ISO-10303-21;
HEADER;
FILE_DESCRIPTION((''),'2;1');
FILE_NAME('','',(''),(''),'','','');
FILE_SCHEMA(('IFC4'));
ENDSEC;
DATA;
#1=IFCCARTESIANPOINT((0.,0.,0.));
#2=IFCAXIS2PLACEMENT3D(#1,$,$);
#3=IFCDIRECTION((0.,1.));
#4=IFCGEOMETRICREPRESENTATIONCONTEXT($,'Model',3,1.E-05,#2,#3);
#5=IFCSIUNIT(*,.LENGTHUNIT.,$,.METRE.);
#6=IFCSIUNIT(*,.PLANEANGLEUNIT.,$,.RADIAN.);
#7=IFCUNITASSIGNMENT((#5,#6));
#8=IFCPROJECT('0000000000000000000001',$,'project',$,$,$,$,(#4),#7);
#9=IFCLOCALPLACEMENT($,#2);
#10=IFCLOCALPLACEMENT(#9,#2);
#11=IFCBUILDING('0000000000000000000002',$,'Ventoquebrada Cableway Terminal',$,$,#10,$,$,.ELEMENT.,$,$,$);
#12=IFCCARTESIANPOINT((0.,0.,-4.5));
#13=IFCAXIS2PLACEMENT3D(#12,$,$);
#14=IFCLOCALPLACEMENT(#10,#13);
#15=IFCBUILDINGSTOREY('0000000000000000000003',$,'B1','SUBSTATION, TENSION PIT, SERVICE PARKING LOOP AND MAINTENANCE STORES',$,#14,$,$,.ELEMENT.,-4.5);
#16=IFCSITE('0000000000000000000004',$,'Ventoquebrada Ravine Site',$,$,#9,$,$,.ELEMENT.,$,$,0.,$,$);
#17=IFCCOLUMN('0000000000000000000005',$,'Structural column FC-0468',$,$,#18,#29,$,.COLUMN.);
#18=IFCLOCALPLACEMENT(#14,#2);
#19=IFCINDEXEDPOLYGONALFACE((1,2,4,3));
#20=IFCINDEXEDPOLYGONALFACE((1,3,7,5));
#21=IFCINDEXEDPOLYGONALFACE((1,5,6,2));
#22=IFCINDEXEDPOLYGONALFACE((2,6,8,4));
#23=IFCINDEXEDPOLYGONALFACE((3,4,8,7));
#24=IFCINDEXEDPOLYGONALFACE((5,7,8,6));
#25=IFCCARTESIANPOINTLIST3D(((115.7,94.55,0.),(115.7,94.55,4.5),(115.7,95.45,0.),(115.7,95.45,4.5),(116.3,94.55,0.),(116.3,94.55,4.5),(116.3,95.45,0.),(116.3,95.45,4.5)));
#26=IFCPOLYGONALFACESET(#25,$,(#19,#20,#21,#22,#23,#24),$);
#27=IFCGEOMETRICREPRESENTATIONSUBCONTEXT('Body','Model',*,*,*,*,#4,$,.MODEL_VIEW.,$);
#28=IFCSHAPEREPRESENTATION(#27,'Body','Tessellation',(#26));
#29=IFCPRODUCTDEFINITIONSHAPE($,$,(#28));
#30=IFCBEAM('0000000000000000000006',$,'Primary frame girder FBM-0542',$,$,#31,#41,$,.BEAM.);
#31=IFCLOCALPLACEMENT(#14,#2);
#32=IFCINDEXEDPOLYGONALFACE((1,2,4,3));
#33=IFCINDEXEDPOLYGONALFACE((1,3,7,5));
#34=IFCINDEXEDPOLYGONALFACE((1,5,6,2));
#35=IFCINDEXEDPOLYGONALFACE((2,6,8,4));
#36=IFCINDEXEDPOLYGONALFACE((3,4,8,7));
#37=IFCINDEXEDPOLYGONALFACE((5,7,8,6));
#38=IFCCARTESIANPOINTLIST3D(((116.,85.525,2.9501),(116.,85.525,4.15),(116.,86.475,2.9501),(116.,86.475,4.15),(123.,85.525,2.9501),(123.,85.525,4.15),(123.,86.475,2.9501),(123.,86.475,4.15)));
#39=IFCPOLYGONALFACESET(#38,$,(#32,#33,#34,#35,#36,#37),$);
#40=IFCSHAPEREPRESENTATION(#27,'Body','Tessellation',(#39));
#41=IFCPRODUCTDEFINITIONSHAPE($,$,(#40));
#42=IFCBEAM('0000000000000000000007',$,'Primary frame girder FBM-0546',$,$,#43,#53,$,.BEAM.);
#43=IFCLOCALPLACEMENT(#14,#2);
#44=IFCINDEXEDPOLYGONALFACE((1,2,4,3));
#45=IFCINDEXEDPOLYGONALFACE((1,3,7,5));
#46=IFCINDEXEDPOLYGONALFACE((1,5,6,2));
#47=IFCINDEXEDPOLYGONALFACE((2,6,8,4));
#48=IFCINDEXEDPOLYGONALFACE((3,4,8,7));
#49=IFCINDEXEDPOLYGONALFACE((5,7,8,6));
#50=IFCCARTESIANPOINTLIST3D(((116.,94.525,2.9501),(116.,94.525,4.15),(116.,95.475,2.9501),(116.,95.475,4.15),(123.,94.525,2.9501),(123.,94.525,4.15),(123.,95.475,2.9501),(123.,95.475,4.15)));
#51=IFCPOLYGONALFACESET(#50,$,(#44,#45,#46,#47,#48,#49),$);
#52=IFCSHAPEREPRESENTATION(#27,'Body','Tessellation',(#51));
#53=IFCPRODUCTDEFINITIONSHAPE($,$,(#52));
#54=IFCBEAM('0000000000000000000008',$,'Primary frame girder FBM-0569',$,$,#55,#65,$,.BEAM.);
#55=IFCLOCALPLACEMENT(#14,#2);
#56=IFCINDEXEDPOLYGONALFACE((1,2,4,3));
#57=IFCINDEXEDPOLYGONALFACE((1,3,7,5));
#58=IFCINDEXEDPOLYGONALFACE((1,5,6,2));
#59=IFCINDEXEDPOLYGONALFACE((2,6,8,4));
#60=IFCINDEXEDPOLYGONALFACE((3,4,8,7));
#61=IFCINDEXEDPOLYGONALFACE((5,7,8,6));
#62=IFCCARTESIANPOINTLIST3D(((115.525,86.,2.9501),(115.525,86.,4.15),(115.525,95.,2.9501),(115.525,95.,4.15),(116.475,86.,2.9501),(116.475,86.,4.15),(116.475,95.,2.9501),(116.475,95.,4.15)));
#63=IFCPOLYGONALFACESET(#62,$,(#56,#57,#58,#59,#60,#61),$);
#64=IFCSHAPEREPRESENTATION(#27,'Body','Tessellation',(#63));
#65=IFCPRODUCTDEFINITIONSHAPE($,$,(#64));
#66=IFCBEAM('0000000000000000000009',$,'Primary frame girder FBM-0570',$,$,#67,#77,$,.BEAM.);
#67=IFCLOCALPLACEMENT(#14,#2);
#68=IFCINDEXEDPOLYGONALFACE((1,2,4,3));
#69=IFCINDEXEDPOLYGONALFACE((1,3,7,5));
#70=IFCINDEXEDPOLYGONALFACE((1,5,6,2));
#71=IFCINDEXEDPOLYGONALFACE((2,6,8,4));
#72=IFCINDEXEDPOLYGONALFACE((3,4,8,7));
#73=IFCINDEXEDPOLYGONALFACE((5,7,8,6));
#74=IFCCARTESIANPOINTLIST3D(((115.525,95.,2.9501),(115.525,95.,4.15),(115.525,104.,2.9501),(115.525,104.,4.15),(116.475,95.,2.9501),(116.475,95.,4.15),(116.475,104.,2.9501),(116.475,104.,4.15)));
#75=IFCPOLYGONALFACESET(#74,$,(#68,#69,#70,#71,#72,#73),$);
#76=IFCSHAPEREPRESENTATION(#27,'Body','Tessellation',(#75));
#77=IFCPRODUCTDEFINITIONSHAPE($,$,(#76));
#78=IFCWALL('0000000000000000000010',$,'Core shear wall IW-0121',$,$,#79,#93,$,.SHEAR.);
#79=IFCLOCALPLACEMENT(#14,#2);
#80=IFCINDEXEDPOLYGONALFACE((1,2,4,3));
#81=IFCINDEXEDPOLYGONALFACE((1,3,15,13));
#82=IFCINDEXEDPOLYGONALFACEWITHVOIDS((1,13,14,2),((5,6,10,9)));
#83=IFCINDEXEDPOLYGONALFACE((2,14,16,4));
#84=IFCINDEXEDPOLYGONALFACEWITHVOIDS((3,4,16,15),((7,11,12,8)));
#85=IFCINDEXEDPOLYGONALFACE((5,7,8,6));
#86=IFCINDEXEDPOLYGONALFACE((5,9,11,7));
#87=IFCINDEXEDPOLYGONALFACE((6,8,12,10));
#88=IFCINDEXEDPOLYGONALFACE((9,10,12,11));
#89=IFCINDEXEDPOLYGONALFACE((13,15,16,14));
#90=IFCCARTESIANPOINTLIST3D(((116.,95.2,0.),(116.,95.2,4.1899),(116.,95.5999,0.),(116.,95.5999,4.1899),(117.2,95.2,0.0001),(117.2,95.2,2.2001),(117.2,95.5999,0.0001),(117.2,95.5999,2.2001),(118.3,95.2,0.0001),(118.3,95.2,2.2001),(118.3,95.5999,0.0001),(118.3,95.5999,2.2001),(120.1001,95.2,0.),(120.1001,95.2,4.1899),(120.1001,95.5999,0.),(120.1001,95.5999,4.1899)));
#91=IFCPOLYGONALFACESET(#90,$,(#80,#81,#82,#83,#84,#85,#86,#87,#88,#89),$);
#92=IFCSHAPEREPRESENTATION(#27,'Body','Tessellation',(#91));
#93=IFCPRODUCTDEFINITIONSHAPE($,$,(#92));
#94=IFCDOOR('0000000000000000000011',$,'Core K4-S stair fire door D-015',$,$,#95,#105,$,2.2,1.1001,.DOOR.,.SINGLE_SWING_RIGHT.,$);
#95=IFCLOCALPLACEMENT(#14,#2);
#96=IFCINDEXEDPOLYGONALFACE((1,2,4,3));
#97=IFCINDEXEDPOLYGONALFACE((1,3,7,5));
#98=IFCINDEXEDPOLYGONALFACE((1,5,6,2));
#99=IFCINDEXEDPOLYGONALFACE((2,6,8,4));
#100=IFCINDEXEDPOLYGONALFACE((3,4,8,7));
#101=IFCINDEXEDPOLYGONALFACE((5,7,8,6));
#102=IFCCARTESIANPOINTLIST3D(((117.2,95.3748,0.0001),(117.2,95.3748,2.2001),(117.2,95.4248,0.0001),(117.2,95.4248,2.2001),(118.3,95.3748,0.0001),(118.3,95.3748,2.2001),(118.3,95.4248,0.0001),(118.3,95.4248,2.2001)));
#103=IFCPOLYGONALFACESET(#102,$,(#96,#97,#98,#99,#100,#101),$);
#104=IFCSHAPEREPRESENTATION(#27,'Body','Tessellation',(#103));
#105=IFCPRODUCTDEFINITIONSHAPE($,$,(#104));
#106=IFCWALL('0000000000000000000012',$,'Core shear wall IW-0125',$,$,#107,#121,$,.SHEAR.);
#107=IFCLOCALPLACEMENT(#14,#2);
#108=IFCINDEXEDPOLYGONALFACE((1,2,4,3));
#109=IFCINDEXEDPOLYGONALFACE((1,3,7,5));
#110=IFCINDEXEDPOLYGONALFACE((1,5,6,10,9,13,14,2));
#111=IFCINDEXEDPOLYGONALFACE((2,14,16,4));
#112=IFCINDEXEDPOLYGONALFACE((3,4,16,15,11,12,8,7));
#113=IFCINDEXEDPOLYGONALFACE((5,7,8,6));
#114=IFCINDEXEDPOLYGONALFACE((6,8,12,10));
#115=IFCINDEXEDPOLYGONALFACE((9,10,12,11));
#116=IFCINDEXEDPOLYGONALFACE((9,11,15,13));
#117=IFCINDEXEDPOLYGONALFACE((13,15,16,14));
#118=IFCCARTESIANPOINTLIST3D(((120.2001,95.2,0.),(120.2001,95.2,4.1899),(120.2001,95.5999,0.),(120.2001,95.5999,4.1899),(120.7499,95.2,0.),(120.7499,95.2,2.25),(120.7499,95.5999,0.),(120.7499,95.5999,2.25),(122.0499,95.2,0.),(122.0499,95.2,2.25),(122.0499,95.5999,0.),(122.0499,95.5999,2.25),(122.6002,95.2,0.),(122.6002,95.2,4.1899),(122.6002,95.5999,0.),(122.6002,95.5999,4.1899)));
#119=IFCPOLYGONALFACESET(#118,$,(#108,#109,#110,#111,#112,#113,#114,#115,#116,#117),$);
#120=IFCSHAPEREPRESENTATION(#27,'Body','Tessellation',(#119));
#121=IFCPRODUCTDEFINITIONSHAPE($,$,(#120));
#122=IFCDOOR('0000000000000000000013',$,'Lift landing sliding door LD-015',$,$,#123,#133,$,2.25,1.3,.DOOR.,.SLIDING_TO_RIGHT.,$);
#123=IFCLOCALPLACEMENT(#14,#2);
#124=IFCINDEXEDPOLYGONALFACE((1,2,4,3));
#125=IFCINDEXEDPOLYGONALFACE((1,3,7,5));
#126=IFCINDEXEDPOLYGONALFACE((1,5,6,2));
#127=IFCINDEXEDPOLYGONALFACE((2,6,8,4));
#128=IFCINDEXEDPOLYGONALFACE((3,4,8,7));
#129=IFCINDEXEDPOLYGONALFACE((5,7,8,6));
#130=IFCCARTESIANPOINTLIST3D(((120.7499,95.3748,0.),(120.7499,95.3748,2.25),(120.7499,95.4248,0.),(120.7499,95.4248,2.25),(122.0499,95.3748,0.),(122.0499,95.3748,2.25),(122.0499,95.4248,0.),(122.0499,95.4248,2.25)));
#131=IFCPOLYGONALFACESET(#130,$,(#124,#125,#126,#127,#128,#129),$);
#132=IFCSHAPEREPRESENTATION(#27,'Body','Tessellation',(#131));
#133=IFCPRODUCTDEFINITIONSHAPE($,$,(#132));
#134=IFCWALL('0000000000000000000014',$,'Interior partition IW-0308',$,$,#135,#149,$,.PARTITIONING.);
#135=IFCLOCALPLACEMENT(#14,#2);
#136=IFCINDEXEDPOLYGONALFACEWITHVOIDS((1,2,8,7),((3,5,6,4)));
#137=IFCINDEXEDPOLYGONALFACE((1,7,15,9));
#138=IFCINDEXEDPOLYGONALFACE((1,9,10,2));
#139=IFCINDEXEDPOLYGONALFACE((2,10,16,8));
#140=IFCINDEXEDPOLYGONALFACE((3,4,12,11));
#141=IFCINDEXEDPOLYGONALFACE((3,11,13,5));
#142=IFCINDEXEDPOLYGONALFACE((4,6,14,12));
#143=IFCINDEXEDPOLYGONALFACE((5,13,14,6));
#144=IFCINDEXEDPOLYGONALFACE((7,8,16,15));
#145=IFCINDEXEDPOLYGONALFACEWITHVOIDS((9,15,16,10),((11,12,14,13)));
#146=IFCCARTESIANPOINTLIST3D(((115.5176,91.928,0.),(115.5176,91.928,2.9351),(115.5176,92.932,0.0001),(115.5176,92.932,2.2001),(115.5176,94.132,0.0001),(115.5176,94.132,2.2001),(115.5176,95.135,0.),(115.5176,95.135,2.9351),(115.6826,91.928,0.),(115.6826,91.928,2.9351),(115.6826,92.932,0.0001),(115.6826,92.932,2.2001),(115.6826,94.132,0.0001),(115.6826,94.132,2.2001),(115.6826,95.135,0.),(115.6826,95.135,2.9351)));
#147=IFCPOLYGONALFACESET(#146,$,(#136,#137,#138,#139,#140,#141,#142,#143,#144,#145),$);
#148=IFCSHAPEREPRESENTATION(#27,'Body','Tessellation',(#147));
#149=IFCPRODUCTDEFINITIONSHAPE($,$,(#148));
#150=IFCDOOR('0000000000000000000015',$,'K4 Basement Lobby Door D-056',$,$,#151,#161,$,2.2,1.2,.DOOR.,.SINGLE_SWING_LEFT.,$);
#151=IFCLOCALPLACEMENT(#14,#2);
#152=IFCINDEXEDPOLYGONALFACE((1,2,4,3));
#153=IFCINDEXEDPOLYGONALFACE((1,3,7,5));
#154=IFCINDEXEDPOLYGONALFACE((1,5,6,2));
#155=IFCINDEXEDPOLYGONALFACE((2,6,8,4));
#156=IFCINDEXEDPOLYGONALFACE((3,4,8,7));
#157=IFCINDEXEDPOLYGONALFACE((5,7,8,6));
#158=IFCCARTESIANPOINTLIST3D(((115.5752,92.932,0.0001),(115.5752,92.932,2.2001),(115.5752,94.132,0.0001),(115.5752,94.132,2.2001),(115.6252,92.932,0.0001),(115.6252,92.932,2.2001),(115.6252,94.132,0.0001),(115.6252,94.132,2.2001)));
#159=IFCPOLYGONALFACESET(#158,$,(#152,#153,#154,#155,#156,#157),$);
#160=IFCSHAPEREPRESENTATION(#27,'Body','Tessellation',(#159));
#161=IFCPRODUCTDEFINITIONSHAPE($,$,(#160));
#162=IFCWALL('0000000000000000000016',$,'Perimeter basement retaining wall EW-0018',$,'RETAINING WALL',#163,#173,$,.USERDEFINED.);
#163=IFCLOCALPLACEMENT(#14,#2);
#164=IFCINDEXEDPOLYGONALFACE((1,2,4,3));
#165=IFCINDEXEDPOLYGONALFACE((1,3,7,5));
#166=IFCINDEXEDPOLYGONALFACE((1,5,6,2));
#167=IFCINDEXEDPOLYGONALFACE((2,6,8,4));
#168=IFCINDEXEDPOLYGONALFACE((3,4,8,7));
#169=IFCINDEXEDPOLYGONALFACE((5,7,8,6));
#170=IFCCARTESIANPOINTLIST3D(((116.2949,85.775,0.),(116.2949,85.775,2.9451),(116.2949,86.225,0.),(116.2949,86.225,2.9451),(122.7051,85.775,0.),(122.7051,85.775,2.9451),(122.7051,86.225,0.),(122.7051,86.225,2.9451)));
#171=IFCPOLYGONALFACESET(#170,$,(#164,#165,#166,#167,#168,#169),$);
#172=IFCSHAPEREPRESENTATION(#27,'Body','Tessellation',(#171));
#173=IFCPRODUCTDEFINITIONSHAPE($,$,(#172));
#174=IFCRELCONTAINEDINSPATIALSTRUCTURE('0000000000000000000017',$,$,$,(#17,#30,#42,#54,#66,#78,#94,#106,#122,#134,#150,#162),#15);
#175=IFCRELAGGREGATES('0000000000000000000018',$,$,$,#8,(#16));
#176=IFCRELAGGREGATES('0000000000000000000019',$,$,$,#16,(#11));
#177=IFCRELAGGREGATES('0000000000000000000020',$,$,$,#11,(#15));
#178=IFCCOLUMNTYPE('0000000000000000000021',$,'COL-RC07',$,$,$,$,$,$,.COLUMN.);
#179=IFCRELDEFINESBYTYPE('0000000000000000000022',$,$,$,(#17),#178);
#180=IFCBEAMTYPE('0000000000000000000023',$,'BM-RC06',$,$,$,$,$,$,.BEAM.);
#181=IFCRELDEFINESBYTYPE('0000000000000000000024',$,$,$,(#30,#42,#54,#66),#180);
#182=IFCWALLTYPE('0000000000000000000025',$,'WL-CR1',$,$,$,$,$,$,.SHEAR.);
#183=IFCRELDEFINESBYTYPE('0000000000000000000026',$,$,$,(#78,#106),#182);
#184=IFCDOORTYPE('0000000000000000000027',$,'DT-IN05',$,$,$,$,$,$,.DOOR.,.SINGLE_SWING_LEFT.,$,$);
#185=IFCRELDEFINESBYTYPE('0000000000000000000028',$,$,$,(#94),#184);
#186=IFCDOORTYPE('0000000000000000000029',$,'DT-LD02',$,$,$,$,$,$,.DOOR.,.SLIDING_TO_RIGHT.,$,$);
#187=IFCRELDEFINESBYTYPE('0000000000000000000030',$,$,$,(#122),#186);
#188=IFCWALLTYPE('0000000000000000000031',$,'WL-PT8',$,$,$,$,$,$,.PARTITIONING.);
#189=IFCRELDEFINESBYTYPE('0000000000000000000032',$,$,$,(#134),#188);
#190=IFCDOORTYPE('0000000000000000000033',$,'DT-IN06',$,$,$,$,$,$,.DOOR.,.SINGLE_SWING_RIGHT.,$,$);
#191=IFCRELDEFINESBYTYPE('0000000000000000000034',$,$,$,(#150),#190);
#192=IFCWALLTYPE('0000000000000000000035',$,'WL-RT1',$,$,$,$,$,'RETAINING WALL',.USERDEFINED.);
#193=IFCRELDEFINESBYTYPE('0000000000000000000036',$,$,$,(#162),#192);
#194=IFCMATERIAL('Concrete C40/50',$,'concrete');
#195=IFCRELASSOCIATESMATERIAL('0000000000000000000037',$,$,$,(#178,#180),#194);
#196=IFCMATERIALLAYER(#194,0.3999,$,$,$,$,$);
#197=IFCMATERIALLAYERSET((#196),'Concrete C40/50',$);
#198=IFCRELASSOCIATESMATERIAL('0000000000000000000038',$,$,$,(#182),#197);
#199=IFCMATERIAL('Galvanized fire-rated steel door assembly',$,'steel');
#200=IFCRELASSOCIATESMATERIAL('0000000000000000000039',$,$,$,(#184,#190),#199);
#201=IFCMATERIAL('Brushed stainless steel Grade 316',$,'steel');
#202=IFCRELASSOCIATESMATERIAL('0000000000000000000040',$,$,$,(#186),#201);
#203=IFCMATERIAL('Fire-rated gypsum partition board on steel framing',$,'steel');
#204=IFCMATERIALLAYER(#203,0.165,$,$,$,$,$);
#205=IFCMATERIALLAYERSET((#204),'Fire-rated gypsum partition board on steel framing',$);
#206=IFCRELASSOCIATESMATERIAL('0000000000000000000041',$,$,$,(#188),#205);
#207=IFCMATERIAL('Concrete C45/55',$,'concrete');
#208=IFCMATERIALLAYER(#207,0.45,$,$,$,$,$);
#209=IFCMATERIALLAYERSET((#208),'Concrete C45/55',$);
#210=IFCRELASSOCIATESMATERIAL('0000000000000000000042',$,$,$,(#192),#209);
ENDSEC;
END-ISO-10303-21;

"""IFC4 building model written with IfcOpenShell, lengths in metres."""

from ifc_helpers import new_model, si_unit, direction, frame, frame_2d, origin, origin_2d, place, context, subcontext, project, spatial, rectangle, extrude, material, layer, layer_set, material_profile, profile_set, type_object, element, fill, save


model = new_model("IFC4")

# Units and contexts
model_context = context("Model", 3, precision=1e-05, world=origin(), true_north=direction((0.0, 1.0)))
body_context = subcontext(model_context, "Body", "Model", "MODEL_VIEW")
ifc_project = project(units=[si_unit("LENGTHUNIT", "METRE"), si_unit("PLANEANGLEUNIT", "RADIAN")], contexts=[model_context])

# Site, building, storey
site_placement = place(None, origin())
site = spatial("IfcSite", under=ifc_project, at=site_placement, Name="Ventoquebrada Ravine Site", CompositionType="ELEMENT", RefElevation=0.0)
building_placement = place(site_placement, origin())
building = spatial("IfcBuilding", under=site, at=building_placement, Name="Ventoquebrada Cableway Terminal", CompositionType="ELEMENT")
storey_placement = place(building_placement, frame((0.0, 0.0, -4.5)))
storey = spatial("IfcBuildingStorey", under=building, at=storey_placement, Name="B1", Description="SUBSTATION, TENSION PIT, SERVICE PARKING LOOP AND MAINTENANCE STORES", CompositionType="ELEMENT", Elevation=-4.5)

# Shared definitions
ifc_material_1 = material(Name="Concrete C40/50", Category="concrete")

# Column
ifc_material_profile_1 = material_profile(ifc_material_1, rectangle(XDim=0.6001, YDim=0.8999, at=origin_2d()), Name="RC-COL-900X600")
ifc_profile_set_1 = profile_set([ifc_material_profile_1], Name="Concrete C40/50")
column_type = type_object("IfcColumnType", Name="COL-RC07", PredefinedType="COLUMN", material=ifc_profile_set_1)
for number, where, z_axis, x_axis, name in (
    (1, (116.0, 95.0, 0.0), (0.0, 0.0, 1.0), (1.0, 0.0, 0.0), "Structural column FC-0468"),
):
    element("IfcColumn", number, at=place(storey_placement, frame(where, z_axis=z_axis, x_axis=x_axis)), inside=storey, type_object=column_type, Name=name, PredefinedType="COLUMN", context=body_context, shape_type="SweptSolid", body=[
        extrude(rectangle(XDim=0.6001, YDim=0.8999, at=origin_2d()), origin(), (0.0, 0.0, 1.0), 4.5),
    ])

# Beams
ifc_material_profile_2 = material_profile(ifc_material_1, rectangle(XDim=0.95, YDim=1.2, at=origin_2d()), Name="RC-BM-950X1200")
ifc_profile_set_2 = profile_set([ifc_material_profile_2], Name="Concrete C40/50")
beam_type = type_object("IfcBeamType", Name="BM-RC06", PredefinedType="BEAM", material=ifc_profile_set_2)
for number, where, z_axis, x_axis, name in (
    (2, (116.0, 86.0, 3.55), (1.0, 0.0, 0.0), (0.0, 1.0, 0.0), "Primary frame girder FBM-0542"),
    (3, (116.0, 95.0, 3.55), (1.0, 0.0, 0.0), (0.0, 1.0, 0.0), "Primary frame girder FBM-0546"),
):
    element("IfcBeam", number, at=place(storey_placement, frame(where, z_axis=z_axis, x_axis=x_axis)), inside=storey, type_object=beam_type, Name=name, PredefinedType="BEAM", context=body_context, shape_type="SweptSolid", body=[
        extrude(rectangle(XDim=0.95, YDim=1.2, at=origin_2d()), origin(), (0.0, 0.0, 1.0), 7.0),
    ])
for number, where, z_axis, x_axis, name in (
    (4, (116.0, 86.0, 3.55), (0.0, 1.0, 0.0), (-1.0, 0.0, 0.0), "Primary frame girder FBM-0569"),
    (5, (116.0, 95.0, 3.55), (0.0, 1.0, 0.0), (-1.0, 0.0, 0.0), "Primary frame girder FBM-0570"),
):
    element("IfcBeam", number, at=place(storey_placement, frame(where, z_axis=z_axis, x_axis=x_axis)), inside=storey, type_object=beam_type, Name=name, PredefinedType="BEAM", context=body_context, shape_type="SweptSolid", body=[
        extrude(rectangle(XDim=0.95, YDim=1.2, at=origin_2d()), origin(), (0.0, 0.0, 1.0), 9.0),
    ])

# Walls, openings, doors
ifc_layer_1 = layer(ifc_material_1, 0.3999)
ifc_layer_set_1 = layer_set([ifc_layer_1], Name="Concrete C40/50")
wall_type_1 = type_object("IfcWallType", Name="WL-CR1", PredefinedType="SHEAR", material=ifc_layer_set_1)
wall_1_placement = place(storey_placement, frame((116.0, 95.3999, 0.0), z_axis=(0.0, 0.0, 1.0), x_axis=(1.0, 0.0, 0.0)))
wall_1 = element("IfcWall", 6, at=wall_1_placement, inside=storey, type_object=wall_type_1, Name="Core shear wall IW-0121", PredefinedType="SHEAR", context=body_context, shape_type="SweptSolid", body=[
    extrude(rectangle(XDim=4.1001, YDim=0.3999, at=frame_2d((2.05, 0.0))), origin(), (0.0, 0.0, 1.0), 4.1899),
])
opening_1_placement = place(wall_1_placement, frame((1.2, 0.0, 0.0)))
opening_1 = element("IfcOpeningElement", 7, at=opening_1_placement, cuts=wall_1, PredefinedType="OPENING", context=body_context, shape_type="SweptSolid", body=[
    extrude(rectangle(XDim=1.1001, YDim=2.2, at=frame_2d((0.55, 1.1001))), frame((0.0, 0.21, 0.0), z_axis=(0.0, -1.0, 0.0), x_axis=(1.0, 0.0, 0.0)), (0.0, 0.0, 1.0), 0.4199),
])
ifc_material_2 = material(Name="Galvanized fire-rated steel door assembly", Category="steel")
door_type_1 = type_object("IfcDoorType", Name="DT-IN05", OperationType="SINGLE_SWING_LEFT", PredefinedType="DOOR", material=ifc_material_2)
door_1_placement = place(opening_1_placement, origin())
door_1 = element("IfcDoor", 8, at=door_1_placement, inside=storey, type_object=door_type_1, Name="Core K4-S stair fire door D-015", OperationType="SINGLE_SWING_RIGHT", OverallHeight=2.2, OverallWidth=1.1001, PredefinedType="DOOR", context=body_context, shape_type="SweptSolid", body=[
    extrude(rectangle(XDim=1.1001, YDim=2.2, at=frame_2d((0.55, 1.1001))), frame((0.0, 0.0249, 0.0), z_axis=(0.0, -1.0, 0.0), x_axis=(1.0, 0.0, 0.0)), (0.0, 0.0, 1.0), 0.05),
])
fill(opening_1, door_1)
wall_2_placement = place(storey_placement, frame((120.2, 95.3999, 0.0), z_axis=(0.0, 0.0, 1.0), x_axis=(1.0, 0.0, 0.0)))
wall_2 = element("IfcWall", 9, at=wall_2_placement, inside=storey, type_object=wall_type_1, Name="Core shear wall IW-0125", PredefinedType="SHEAR", context=body_context, shape_type="SweptSolid", body=[
    extrude(rectangle(XDim=2.4001, YDim=0.3999, at=frame_2d((1.2002, 0.0))), origin(), (0.0, 0.0, 1.0), 4.1899),
])
opening_2_placement = place(wall_2_placement, frame((0.55, 0.0, 0.0)))
opening_2 = element("IfcOpeningElement", 10, at=opening_2_placement, cuts=wall_2, PredefinedType="OPENING", context=body_context, shape_type="SweptSolid", body=[
    extrude(rectangle(XDim=1.3, YDim=2.25, at=frame_2d((0.6499, 1.125))), frame((0.0, 0.21, 0.0), z_axis=(0.0, -1.0, 0.0), x_axis=(1.0, 0.0, 0.0)), (0.0, 0.0, 1.0), 0.4199),
])
ifc_material_3 = material(Name="Brushed stainless steel Grade 316", Category="steel")
door_type_2 = type_object("IfcDoorType", Name="DT-LD02", OperationType="SLIDING_TO_RIGHT", PredefinedType="DOOR", material=ifc_material_3)
door_2_placement = place(opening_2_placement, origin())
door_2 = element("IfcDoor", 11, at=door_2_placement, inside=storey, type_object=door_type_2, Name="Lift landing sliding door LD-015", OperationType="SLIDING_TO_RIGHT", OverallHeight=2.25, OverallWidth=1.3, PredefinedType="DOOR", context=body_context, shape_type="SweptSolid", body=[
    extrude(rectangle(XDim=1.3, YDim=2.25, at=frame_2d((0.6499, 1.125))), frame((0.0, 0.0249, 0.0), z_axis=(0.0, -1.0, 0.0), x_axis=(1.0, 0.0, 0.0)), (0.0, 0.0, 1.0), 0.05),
])
fill(opening_2, door_2)
ifc_material_4 = material(Name="Fire-rated gypsum partition board on steel framing", Category="steel")
ifc_layer_2 = layer(ifc_material_4, 0.165)
ifc_layer_set_2 = layer_set([ifc_layer_2], Name="Fire-rated gypsum partition board on steel framing")
wall_type_2 = type_object("IfcWallType", Name="WL-PT8", PredefinedType="PARTITIONING", material=ifc_layer_set_2)
wall_3_placement = place(storey_placement, frame((115.6001, 91.928, 0.0), z_axis=(0.0, 0.0, 1.0), x_axis=(0.0, 1.0, 0.0)))
wall_3 = element("IfcWall", 12, at=wall_3_placement, inside=storey, type_object=wall_type_2, Name="Interior partition IW-0308", PredefinedType="PARTITIONING", context=body_context, shape_type="SweptSolid", body=[
    extrude(rectangle(XDim=3.207, YDim=0.165, at=frame_2d((1.6035, 0.0))), origin(), (0.0, 0.0, 1.0), 2.9351),
])
opening_3_placement = place(wall_3_placement, frame((1.0039, 0.0, 0.0)))
opening_3 = element("IfcOpeningElement", 13, at=opening_3_placement, cuts=wall_3, PredefinedType="OPENING", context=body_context, shape_type="SweptSolid", body=[
    extrude(rectangle(XDim=1.2, YDim=2.2, at=frame_2d((0.6001, 1.1001))), frame((0.0, 0.0925, 0.0), z_axis=(0.0, -1.0, 0.0), x_axis=(1.0, 0.0, 0.0)), (0.0, 0.0, 1.0), 0.1851),
])
door_type_3 = type_object("IfcDoorType", Name="DT-IN06", OperationType="SINGLE_SWING_RIGHT", PredefinedType="DOOR", material=ifc_material_2)
door_3_placement = place(opening_3_placement, origin())
door_3 = element("IfcDoor", 14, at=door_3_placement, inside=storey, type_object=door_type_3, Name="K4 Basement Lobby Door D-056", OperationType="SINGLE_SWING_LEFT", OverallHeight=2.2, OverallWidth=1.2, PredefinedType="DOOR", context=body_context, shape_type="SweptSolid", body=[
    extrude(rectangle(XDim=1.2, YDim=2.2, at=frame_2d((0.6001, 1.1001))), frame((0.0, 0.0249, 0.0), z_axis=(0.0, -1.0, 0.0), x_axis=(1.0, 0.0, 0.0)), (0.0, 0.0, 1.0), 0.05),
])
fill(opening_3, door_3)

# Wall
ifc_material_5 = material(Name="Concrete C45/55", Category="concrete")
ifc_layer_3 = layer(ifc_material_5, 0.45)
ifc_layer_set_3 = layer_set([ifc_layer_3], Name="Concrete C45/55")
wall_type_3 = type_object("IfcWallType", Name="WL-RT1", ElementType="RETAINING WALL", PredefinedType="USERDEFINED", material=ifc_layer_set_3)
wall_4_placement = place(storey_placement, frame((116.2949, 86.0, 0.0), z_axis=(0.0, 0.0, 1.0), x_axis=(1.0, 0.0, 0.0)))
element("IfcWall", 15, at=wall_4_placement, inside=storey, type_object=wall_type_3, Name="Perimeter basement retaining wall EW-0018", ObjectType="RETAINING WALL", PredefinedType="USERDEFINED", context=body_context, shape_type="SweptSolid", body=[
    extrude(rectangle(XDim=6.4102, YDim=0.45, at=frame_2d((3.2051, 0.0))), origin(), (0.0, 0.0, 1.0), 2.9451),
])

save(model, "model.ifc")
